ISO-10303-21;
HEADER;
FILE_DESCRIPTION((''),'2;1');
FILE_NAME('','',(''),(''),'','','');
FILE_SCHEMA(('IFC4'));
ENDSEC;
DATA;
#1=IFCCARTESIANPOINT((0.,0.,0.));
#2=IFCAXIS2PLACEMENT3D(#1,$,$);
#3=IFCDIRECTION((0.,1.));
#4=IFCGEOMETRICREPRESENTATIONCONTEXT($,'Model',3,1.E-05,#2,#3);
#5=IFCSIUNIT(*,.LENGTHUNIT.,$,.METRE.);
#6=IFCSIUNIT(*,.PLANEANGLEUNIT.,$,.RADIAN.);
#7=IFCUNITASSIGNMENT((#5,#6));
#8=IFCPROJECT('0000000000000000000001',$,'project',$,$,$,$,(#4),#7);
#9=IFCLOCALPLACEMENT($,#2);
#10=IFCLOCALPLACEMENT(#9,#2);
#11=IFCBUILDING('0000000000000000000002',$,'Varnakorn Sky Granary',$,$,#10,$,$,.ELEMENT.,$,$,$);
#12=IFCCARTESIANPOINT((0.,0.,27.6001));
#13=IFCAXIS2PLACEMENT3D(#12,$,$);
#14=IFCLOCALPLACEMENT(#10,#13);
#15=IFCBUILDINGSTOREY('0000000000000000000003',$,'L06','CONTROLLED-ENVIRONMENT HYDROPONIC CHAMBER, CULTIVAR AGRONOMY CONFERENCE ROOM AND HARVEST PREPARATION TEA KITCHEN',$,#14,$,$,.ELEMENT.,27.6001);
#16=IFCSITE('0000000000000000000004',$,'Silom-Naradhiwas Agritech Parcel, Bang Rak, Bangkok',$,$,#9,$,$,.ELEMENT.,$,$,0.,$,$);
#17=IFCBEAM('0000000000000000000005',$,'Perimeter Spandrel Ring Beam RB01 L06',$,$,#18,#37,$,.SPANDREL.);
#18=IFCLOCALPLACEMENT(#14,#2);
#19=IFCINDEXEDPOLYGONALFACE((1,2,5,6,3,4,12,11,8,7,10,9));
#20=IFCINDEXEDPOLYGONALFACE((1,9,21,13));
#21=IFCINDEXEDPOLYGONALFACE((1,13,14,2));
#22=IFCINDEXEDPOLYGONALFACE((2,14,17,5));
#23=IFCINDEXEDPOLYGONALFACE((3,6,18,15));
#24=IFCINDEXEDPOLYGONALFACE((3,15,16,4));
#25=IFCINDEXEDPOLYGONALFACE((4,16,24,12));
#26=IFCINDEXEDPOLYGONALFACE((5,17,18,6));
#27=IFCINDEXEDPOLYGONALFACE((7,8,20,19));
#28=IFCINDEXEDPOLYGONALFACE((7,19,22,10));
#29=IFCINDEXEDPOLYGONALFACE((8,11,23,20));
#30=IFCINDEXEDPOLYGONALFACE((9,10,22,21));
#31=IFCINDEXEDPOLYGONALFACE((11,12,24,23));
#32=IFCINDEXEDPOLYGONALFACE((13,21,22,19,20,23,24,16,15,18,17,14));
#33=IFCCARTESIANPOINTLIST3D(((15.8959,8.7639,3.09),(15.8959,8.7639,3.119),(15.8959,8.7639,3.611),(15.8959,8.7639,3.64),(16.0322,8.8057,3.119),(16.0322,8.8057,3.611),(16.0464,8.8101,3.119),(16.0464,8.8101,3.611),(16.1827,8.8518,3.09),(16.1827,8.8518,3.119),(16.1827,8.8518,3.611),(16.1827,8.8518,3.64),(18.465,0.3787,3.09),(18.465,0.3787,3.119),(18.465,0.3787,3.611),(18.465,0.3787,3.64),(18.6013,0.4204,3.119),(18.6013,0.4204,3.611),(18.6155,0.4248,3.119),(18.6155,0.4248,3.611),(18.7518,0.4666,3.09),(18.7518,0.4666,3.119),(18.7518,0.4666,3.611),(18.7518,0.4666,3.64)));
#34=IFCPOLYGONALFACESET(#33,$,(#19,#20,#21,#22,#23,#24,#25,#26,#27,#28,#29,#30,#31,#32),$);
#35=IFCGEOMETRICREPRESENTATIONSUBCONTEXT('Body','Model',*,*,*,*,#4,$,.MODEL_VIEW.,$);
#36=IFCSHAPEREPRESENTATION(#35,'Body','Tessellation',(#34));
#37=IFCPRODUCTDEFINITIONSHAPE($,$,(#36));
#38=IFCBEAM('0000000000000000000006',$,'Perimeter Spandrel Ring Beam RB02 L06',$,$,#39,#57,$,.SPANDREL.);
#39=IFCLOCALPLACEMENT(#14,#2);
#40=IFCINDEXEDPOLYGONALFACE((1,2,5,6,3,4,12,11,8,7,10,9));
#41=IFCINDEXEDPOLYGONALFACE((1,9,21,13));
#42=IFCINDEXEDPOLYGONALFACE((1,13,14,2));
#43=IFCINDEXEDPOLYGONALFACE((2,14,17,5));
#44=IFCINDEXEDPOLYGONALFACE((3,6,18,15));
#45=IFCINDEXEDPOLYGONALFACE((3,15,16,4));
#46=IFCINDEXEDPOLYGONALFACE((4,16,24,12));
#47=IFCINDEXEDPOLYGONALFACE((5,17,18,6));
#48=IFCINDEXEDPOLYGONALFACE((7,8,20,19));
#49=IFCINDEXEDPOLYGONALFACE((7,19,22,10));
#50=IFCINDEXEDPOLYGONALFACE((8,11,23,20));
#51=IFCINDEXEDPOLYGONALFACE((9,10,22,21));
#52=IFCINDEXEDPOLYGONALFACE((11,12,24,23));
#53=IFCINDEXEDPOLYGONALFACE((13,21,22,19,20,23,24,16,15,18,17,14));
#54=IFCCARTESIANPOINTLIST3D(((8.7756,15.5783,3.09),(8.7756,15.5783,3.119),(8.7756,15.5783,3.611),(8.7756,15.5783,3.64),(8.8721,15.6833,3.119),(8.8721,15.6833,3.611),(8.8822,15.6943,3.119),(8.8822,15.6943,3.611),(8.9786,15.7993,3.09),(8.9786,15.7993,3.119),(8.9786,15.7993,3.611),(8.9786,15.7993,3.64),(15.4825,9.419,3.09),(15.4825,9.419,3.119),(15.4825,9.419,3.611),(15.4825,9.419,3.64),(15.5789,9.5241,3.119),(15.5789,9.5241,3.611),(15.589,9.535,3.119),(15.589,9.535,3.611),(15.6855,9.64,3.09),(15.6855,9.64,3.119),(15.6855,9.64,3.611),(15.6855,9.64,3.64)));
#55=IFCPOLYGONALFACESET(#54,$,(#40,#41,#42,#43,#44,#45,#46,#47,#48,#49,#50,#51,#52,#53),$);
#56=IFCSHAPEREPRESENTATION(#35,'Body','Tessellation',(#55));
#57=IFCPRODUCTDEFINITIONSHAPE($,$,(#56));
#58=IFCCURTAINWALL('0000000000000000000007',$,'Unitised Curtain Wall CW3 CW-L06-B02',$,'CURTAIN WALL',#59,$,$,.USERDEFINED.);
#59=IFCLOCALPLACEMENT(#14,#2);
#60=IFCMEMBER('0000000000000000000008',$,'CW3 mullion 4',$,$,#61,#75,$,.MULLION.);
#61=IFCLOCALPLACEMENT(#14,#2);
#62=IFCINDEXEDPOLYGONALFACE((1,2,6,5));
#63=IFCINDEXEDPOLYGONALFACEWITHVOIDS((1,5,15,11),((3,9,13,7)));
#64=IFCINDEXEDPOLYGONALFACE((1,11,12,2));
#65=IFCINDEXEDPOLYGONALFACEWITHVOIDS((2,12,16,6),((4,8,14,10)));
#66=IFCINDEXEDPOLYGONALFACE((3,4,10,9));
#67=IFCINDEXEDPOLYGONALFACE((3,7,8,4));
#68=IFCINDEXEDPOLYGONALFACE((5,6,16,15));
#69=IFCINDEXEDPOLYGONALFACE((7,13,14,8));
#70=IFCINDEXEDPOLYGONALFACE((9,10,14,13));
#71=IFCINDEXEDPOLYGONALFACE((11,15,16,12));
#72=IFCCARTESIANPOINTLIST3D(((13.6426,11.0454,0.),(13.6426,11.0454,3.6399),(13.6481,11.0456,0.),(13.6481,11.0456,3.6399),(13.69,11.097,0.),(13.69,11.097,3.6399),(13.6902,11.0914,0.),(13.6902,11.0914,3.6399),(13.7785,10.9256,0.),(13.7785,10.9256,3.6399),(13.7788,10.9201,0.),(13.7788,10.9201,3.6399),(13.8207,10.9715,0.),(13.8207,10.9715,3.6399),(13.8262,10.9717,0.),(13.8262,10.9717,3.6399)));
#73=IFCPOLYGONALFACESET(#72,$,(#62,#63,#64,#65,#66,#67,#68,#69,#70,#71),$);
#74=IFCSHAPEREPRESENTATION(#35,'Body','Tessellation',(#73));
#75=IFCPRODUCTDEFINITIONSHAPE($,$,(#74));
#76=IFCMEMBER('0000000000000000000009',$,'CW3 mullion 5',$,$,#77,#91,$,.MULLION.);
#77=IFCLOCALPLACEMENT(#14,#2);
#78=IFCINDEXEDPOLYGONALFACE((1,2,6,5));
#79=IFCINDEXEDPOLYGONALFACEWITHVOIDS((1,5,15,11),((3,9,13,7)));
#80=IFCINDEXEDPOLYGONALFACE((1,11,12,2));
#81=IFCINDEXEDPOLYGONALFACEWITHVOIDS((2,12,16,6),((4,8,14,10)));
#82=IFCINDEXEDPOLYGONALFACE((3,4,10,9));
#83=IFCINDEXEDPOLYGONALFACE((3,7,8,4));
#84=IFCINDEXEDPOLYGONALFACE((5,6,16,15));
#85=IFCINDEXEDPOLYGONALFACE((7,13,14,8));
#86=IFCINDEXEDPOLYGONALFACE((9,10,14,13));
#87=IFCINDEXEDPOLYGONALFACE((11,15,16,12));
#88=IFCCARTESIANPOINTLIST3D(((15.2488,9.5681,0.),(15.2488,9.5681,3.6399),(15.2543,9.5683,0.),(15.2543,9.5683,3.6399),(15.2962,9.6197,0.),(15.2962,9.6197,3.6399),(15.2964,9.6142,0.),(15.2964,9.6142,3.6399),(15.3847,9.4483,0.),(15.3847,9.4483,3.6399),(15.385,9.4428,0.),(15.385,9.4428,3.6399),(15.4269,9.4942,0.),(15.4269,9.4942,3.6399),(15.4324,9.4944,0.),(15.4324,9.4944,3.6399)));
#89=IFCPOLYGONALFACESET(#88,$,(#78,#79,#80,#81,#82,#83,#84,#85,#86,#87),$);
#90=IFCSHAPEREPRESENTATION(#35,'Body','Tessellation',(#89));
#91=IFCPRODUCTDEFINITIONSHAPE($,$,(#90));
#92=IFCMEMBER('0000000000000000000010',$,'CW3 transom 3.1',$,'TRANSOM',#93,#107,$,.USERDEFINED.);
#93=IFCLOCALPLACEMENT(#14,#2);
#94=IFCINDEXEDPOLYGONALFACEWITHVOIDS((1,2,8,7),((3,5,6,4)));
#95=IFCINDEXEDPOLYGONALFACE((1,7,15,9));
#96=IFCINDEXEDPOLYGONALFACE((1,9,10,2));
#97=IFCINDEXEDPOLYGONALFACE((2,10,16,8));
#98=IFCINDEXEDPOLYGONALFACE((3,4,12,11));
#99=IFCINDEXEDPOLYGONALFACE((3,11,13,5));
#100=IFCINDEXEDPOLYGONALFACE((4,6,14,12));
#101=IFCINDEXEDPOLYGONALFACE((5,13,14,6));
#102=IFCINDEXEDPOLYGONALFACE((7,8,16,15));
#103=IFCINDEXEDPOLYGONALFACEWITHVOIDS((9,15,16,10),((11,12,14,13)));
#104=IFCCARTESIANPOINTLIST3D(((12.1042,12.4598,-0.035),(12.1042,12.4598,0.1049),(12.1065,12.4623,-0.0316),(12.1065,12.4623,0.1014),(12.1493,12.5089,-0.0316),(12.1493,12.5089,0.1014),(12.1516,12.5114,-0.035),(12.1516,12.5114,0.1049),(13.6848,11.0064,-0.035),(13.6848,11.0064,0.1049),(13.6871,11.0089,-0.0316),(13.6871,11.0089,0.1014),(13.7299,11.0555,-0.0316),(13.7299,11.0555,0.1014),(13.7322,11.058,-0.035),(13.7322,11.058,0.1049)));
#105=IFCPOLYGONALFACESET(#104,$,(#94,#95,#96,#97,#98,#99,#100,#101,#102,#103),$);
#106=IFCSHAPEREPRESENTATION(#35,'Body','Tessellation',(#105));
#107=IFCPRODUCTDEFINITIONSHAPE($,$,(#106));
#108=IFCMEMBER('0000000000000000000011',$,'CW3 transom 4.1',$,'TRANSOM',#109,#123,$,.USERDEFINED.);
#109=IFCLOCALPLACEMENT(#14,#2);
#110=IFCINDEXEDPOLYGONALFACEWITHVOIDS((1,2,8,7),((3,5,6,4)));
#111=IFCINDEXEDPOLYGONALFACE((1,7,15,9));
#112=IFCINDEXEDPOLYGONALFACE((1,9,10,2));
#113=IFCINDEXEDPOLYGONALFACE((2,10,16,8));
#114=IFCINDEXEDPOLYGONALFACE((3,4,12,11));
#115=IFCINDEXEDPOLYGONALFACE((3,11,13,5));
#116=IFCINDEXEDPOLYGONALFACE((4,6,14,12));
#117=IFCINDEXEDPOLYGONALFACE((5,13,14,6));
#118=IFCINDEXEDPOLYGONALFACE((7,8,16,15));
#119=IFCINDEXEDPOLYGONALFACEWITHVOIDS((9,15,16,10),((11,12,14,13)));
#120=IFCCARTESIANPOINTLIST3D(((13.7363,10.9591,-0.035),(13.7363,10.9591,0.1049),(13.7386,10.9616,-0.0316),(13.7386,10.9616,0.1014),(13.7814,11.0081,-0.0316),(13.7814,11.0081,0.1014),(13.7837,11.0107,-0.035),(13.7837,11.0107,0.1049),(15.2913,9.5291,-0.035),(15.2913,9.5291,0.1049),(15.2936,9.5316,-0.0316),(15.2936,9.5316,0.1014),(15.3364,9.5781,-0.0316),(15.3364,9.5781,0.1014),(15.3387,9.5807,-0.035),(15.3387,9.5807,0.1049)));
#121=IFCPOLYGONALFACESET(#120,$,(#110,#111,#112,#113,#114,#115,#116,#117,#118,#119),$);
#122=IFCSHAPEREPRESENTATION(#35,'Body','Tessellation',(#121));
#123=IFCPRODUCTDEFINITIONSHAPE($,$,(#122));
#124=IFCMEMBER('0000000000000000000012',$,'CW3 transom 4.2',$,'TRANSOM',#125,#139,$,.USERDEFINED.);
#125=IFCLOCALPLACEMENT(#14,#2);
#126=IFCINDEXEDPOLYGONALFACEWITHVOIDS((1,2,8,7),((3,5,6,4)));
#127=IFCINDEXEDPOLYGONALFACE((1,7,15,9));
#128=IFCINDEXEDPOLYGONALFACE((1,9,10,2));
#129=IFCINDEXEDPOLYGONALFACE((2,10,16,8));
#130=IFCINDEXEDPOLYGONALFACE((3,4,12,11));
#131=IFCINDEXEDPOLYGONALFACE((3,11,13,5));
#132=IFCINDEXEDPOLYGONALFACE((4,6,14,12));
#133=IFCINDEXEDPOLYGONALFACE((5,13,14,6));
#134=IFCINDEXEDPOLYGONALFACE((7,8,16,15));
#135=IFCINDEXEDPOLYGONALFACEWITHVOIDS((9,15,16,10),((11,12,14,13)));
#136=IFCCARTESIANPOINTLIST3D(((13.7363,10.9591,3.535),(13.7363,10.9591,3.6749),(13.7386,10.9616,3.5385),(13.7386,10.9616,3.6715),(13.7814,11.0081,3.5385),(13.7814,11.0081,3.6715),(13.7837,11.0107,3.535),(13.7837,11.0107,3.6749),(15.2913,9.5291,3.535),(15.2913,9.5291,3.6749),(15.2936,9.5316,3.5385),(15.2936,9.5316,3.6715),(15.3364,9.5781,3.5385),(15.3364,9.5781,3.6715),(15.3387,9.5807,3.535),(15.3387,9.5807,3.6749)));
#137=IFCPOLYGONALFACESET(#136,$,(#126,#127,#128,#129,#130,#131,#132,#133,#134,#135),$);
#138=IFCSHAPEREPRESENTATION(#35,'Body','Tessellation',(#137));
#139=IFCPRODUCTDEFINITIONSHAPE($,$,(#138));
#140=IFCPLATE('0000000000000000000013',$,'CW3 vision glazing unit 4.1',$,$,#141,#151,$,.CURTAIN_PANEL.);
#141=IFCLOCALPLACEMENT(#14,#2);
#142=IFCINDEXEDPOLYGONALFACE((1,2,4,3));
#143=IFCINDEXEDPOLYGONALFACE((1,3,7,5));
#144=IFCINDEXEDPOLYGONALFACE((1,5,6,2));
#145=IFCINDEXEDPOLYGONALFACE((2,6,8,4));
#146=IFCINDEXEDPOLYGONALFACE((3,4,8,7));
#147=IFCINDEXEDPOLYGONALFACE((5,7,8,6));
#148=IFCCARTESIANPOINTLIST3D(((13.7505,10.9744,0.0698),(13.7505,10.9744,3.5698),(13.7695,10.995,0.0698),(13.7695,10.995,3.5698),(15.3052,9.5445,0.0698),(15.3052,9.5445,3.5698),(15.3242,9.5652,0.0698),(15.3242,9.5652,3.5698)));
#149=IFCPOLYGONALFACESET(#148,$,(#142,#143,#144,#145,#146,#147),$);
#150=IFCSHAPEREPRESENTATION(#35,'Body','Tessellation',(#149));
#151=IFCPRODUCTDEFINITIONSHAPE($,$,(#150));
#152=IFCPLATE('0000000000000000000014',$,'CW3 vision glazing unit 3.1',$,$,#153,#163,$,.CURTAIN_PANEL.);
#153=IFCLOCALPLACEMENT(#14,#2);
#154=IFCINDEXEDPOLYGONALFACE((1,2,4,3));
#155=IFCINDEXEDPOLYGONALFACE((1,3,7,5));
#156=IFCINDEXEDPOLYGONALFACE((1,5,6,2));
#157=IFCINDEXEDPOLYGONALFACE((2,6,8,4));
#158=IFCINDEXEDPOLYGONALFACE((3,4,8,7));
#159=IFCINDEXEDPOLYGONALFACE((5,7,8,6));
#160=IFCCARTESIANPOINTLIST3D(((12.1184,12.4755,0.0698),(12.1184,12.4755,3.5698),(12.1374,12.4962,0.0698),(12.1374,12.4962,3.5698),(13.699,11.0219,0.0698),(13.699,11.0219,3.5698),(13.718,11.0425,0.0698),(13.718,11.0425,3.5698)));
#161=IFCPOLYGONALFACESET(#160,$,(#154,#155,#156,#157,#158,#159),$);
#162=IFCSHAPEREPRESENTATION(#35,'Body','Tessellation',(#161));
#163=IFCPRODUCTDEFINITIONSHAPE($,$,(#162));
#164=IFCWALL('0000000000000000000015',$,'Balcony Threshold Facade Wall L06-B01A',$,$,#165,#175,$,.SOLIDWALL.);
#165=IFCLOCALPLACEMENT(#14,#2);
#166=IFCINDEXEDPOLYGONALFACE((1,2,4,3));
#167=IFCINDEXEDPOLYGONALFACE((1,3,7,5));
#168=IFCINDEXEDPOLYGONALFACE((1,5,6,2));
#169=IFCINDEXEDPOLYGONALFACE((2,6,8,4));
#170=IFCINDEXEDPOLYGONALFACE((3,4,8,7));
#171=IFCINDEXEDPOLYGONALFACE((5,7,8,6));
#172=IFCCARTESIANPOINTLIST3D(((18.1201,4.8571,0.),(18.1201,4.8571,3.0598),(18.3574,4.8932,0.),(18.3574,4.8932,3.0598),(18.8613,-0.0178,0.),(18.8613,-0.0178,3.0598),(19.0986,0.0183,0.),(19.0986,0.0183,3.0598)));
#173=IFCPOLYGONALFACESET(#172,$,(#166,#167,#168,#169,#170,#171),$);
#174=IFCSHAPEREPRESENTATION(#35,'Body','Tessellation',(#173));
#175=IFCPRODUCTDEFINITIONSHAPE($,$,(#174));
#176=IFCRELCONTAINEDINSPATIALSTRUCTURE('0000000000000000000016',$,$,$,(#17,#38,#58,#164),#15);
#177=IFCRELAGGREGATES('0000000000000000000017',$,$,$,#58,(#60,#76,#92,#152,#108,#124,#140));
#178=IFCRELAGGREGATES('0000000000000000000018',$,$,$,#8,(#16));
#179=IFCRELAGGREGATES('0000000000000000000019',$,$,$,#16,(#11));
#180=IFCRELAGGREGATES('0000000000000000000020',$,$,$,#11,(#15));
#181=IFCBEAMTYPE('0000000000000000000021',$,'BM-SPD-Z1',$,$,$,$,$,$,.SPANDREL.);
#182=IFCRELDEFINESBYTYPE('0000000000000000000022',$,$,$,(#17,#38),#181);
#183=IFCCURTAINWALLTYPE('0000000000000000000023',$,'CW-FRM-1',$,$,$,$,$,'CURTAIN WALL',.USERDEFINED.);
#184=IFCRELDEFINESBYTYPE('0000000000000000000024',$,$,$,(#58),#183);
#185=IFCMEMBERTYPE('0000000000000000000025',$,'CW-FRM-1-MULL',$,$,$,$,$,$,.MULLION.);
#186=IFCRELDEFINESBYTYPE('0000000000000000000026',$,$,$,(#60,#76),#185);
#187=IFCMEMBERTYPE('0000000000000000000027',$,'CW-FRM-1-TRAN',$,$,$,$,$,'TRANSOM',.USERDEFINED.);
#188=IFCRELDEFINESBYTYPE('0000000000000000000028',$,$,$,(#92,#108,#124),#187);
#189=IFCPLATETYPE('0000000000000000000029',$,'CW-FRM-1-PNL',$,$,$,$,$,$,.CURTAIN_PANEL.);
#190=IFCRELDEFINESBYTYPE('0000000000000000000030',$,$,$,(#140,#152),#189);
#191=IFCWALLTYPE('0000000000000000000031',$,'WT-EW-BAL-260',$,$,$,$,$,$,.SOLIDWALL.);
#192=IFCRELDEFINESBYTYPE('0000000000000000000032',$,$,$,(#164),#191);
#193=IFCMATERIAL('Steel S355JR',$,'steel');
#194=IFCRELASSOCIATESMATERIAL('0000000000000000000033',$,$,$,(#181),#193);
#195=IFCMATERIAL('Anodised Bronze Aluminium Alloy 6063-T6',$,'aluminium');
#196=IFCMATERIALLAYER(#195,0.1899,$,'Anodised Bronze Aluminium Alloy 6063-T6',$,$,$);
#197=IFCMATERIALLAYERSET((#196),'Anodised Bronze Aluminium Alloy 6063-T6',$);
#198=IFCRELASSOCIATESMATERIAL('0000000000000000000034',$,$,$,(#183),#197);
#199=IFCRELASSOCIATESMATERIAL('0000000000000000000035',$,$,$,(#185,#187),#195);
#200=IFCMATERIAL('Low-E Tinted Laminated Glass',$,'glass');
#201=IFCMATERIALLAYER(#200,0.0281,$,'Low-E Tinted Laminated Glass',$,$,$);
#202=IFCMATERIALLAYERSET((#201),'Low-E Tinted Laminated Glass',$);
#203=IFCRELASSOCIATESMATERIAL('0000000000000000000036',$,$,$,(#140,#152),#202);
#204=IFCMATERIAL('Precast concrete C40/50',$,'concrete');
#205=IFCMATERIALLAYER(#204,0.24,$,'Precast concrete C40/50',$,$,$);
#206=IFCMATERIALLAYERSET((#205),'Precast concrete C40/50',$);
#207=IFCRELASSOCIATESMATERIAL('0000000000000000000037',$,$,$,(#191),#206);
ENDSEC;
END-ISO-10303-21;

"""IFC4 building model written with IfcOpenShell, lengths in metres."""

from ifc_helpers import new_model, si_unit, direction, frame, frame_2d, origin, origin_2d, place, context, subcontext, project, spatial, rectangle, hollow_rectangle, i_section, extrude, source, transform, mapped, material, layer, layer_set, material_profile, profile_set, type_object, type_shapes, element, aggregate, save


model = new_model("IFC4")

# Units and contexts
model_context = context("Model", 3, precision=1e-05, world=origin(), true_north=direction((0.0, 1.0)))
body_context = subcontext(model_context, "Body", "Model", "MODEL_VIEW")
ifc_project = project(units=[si_unit("LENGTHUNIT", "METRE"), si_unit("PLANEANGLEUNIT", "RADIAN")], contexts=[model_context])

# Site, building, storey
site_placement = place(None, origin())
site = spatial("IfcSite", under=ifc_project, at=site_placement, Name="Silom-Naradhiwas Agritech Parcel, Bang Rak, Bangkok", CompositionType="ELEMENT", RefElevation=0.0)
building_placement = place(site_placement, origin())
building = spatial("IfcBuilding", under=site, at=building_placement, Name="Varnakorn Sky Granary", CompositionType="ELEMENT")
storey_placement = place(building_placement, frame((0.0, 0.0, 27.6001)))
storey = spatial("IfcBuildingStorey", under=building, at=storey_placement, Name="L06", Description="CONTROLLED-ENVIRONMENT HYDROPONIC CHAMBER, CULTIVAR AGRONOMY CONFERENCE ROOM AND HARVEST PREPARATION TEA KITCHEN", CompositionType="ELEMENT", Elevation=27.6001)

# Beams
ifc_material_1 = material(Name="Steel S355JR", Category="steel")
ifc_material_profile_1 = material_profile(ifc_material_1, i_section(OverallWidth=0.3, OverallDepth=0.55, WebThickness=0.0149, FlangeThickness=0.0291, at=origin_2d()), Name="HE 550 B")
ifc_profile_set_1 = profile_set([ifc_material_profile_1], Name="Steel S355JR")
beam_type_1 = type_object("IfcBeamType", Name="BM-SPD-Z1", PredefinedType="SPANDREL", material=ifc_profile_set_1)
beam_1_placement = place(storey_placement, frame((18.6084, 0.4226, 3.365), z_axis=(-0.292941, 0.95613, 0.0), x_axis=(-0.95613, -0.292941, 0.0)))
element("IfcBeam", 1, at=beam_1_placement, inside=storey, type_object=beam_type_1, Name="Perimeter Spandrel Ring Beam RB01 L06", PredefinedType="SPANDREL", context=body_context, shape_type="SweptSolid", body=[
    extrude(i_section(OverallWidth=0.3, OverallDepth=0.55, WebThickness=0.0149, FlangeThickness=0.0291, at=origin_2d()), origin(), (0.0, 0.0, 1.0), 8.77),
])
beam_2_placement = place(storey_placement, frame((15.584, 9.5295, 3.365), z_axis=(-0.736536, 0.676398, 0.0), x_axis=(-0.676398, -0.736536, 0.0)))
element("IfcBeam", 2, at=beam_2_placement, inside=storey, type_object=beam_type_1, Name="Perimeter Spandrel Ring Beam RB02 L06", PredefinedType="SPANDREL", context=body_context, shape_type="SweptSolid", body=[
    extrude(i_section(OverallWidth=0.3, OverallDepth=0.55, WebThickness=0.0149, FlangeThickness=0.0291, at=origin_2d()), origin(), (0.0, 0.0, 1.0), 9.106),
])

# Curtain wall, members, plates
ifc_material_2 = material(Name="Anodised Bronze Aluminium Alloy 6063-T6", Category="aluminium")
ifc_layer_1 = layer(ifc_material_2, 0.1899, Name="Anodised Bronze Aluminium Alloy 6063-T6")
ifc_layer_set_1 = layer_set([ifc_layer_1], Name="Anodised Bronze Aluminium Alloy 6063-T6")
curtain_wall_type = type_object("IfcCurtainWallType", Name="CW-FRM-1", ElementType="CURTAIN WALL", PredefinedType="USERDEFINED", material=ifc_layer_set_1)
curtain_wall_placement = place(storey_placement, origin())
curtain_wall = element("IfcCurtainWall", 3, at=curtain_wall_placement, inside=storey, type_object=curtain_wall_type, Name="Unitised Curtain Wall CW3 CW-L06-B02", ObjectType="CURTAIN WALL", PredefinedType="USERDEFINED")
ifc_material_profile_2 = material_profile(ifc_material_2, hollow_rectangle(XDim=0.0701, YDim=0.1851, WallThickness=0.0039, at=origin_2d()), Name="ALU MULL 70x185")
ifc_profile_set_2 = profile_set([ifc_material_profile_2], Name="Anodised Bronze Aluminium Alloy 6063-T6")
member_type_1 = type_object("IfcMemberType", Name="CW-FRM-1-MULL", PredefinedType="MULLION", material=ifc_profile_set_2)
member_1_placement = place(storey_placement, frame((13.7344, 11.0085, 0.0), z_axis=(0.0, 0.0, 1.0), x_axis=(0.676914, 0.736062, 0.0)))
member_1 = element("IfcMember", 4, at=member_1_placement, type_object=member_type_1, Name="CW3 mullion 4", PredefinedType="MULLION", context=body_context, shape_type="SweptSolid", body=[
    extrude(hollow_rectangle(XDim=0.0701, YDim=0.1851, WallThickness=0.0039, at=origin_2d()), origin(), (0.0, 0.0, 1.0), 3.6399),
])
member_2_placement = place(storey_placement, frame((15.3406, 9.5312, 0.0), z_axis=(0.0, 0.0, 1.0), x_axis=(0.676914, 0.736062, 0.0)))
member_2 = element("IfcMember", 5, at=member_2_placement, type_object=member_type_1, Name="CW3 mullion 5", PredefinedType="MULLION", context=body_context, shape_type="SweptSolid", body=[
    extrude(hollow_rectangle(XDim=0.0701, YDim=0.1851, WallThickness=0.0039, at=origin_2d()), origin(), (0.0, 0.0, 1.0), 3.6399),
])
ifc_material_profile_3 = material_profile(ifc_material_2, hollow_rectangle(XDim=0.0701, YDim=0.1399, WallThickness=0.0034, at=origin_2d()), Name="ALU TRAN 70x140")
ifc_profile_set_3 = profile_set([ifc_material_profile_3], Name="Anodised Bronze Aluminium Alloy 6063-T6")
member_type_2 = type_object("IfcMemberType", Name="CW-FRM-1-TRAN", ElementType="TRANSOM", PredefinedType="USERDEFINED", material=ifc_profile_set_3)
member_3_placement = place(storey_placement, frame((12.1279, 12.4856, 0.0349), z_axis=(0.736105, -0.676867, 0.0), x_axis=(0.676867, 0.736105, 0.0)))
member_3 = element("IfcMember", 6, at=member_3_placement, type_object=member_type_2, Name="CW3 transom 3.1", ObjectType="TRANSOM", PredefinedType="USERDEFINED", context=body_context, shape_type="SweptSolid", body=[
    extrude(hollow_rectangle(XDim=0.0701, YDim=0.1399, WallThickness=0.0034, at=origin_2d()), origin(), (0.0, 0.0, 1.0), 2.1472),
])
member_4_placement = place(storey_placement, frame((13.76, 10.9849, 0.0349), z_axis=(0.736074, -0.676901, 0.0), x_axis=(0.676901, 0.736074, 0.0)))
member_4 = element("IfcMember", 7, at=member_4_placement, type_object=member_type_2, Name="CW3 transom 4.1", ObjectType="TRANSOM", PredefinedType="USERDEFINED", context=body_context, shape_type="SweptSolid", body=[
    extrude(hollow_rectangle(XDim=0.0701, YDim=0.1399, WallThickness=0.0034, at=origin_2d()), origin(), (0.0, 0.0, 1.0), 2.1125),
])
member_5_placement = place(storey_placement, frame((13.76, 10.9849, 3.605), z_axis=(0.736074, -0.676901, 0.0), x_axis=(0.676901, 0.736074, 0.0)))
member_5 = element("IfcMember", 8, at=member_5_placement, type_object=member_type_2, Name="CW3 transom 4.2", ObjectType="TRANSOM", PredefinedType="USERDEFINED", context=body_context, shape_type="SweptSolid", body=[
    extrude(hollow_rectangle(XDim=0.0701, YDim=0.1399, WallThickness=0.0034, at=origin_2d()), origin(), (0.0, 0.0, 1.0), 2.1125),
])
ifc_material_3 = material(Name="Low-E Tinted Laminated Glass", Category="glass")
ifc_layer_2 = layer(ifc_material_3, 0.0281, Name="Low-E Tinted Laminated Glass")
ifc_layer_set_2 = layer_set([ifc_layer_2], Name="Low-E Tinted Laminated Glass")
plate_type = type_object("IfcPlateType", Name="CW-FRM-1-PNL", PredefinedType="CURTAIN_PANEL")
shared_shape_1 = source(origin(), body_context, "Body", "SweptSolid", [
    extrude(rectangle(XDim=2.1123, YDim=0.0281, at=origin_2d()), origin(), (0.0, 0.0, 1.0), 3.5),
])
plate_1_placement = place(storey_placement, frame((14.5374, 10.2698, 0.0698), z_axis=(0.0, 0.0, 1.0), x_axis=(0.736062, -0.676914, 0.0)))
plate_1 = element("IfcPlate", 9, at=plate_1_placement, type_object=plate_type, material=ifc_layer_set_2, Name="CW3 vision glazing unit 4.1", PredefinedType="CURTAIN_PANEL", context=body_context, shape_type="MappedRepresentation", body=[
    mapped(shared_shape_1, transform((0.0, 0.0, 0.0), x_axis=(1.0, 0.0, 0.0), y_axis=(0.0, 1.0, 0.0), z_axis=(0.0, 0.0, 1.0), scale=1.0)),
])
shared_shape_2 = source(origin(), body_context, "Body", "SweptSolid", [
    extrude(rectangle(XDim=2.1475, YDim=0.0281, at=origin_2d()), origin(), (0.0, 0.0, 1.0), 3.5),
])
type_shapes(plate_type, [shared_shape_1, shared_shape_2])
plate_2_placement = place(storey_placement, frame((12.9182, 11.759, 0.0698), z_axis=(0.0, 0.0, 1.0), x_axis=(0.736062, -0.676914, 0.0)))
plate_2 = element("IfcPlate", 10, at=plate_2_placement, type_object=plate_type, material=ifc_layer_set_2, Name="CW3 vision glazing unit 3.1", PredefinedType="CURTAIN_PANEL", context=body_context, shape_type="MappedRepresentation", body=[
    mapped(shared_shape_2, transform((0.0, 0.0, 0.0), x_axis=(1.0, 0.0, 0.0), y_axis=(0.0, 1.0, 0.0), z_axis=(0.0, 0.0, 1.0), scale=1.0)),
])
aggregate(curtain_wall, [member_1, member_2, member_3, plate_2, member_4, member_5, plate_1])

# Wall
ifc_material_4 = material(Name="Precast concrete C40/50", Category="concrete")
ifc_layer_3 = layer(ifc_material_4, 0.24, Name="Precast concrete C40/50")
ifc_layer_set_3 = layer_set([ifc_layer_3], Name="Precast concrete C40/50")
wall_type_1 = type_object("IfcWallType", Name="WT-EW-BAL-260", PredefinedType="SOLIDWALL", material=ifc_layer_set_3)
wall_1_placement = place(storey_placement, frame((18.2388, 4.875, 0.0), z_axis=(0.0, 0.0, 1.0), x_axis=(0.150316, -0.988638, 0.0)))
element("IfcWall", 11, at=wall_1_placement, inside=storey, type_object=wall_type_1, Name="Balcony Threshold Facade Wall L06-B01A", PredefinedType="SOLIDWALL", context=body_context, shape_type="SweptSolid", body=[
    extrude(rectangle(XDim=4.9309, YDim=0.24, at=frame_2d((2.4653, 0.0))), origin(), (0.0, 0.0, 1.0), 3.0598),
])

save(model, "model.ifc")
